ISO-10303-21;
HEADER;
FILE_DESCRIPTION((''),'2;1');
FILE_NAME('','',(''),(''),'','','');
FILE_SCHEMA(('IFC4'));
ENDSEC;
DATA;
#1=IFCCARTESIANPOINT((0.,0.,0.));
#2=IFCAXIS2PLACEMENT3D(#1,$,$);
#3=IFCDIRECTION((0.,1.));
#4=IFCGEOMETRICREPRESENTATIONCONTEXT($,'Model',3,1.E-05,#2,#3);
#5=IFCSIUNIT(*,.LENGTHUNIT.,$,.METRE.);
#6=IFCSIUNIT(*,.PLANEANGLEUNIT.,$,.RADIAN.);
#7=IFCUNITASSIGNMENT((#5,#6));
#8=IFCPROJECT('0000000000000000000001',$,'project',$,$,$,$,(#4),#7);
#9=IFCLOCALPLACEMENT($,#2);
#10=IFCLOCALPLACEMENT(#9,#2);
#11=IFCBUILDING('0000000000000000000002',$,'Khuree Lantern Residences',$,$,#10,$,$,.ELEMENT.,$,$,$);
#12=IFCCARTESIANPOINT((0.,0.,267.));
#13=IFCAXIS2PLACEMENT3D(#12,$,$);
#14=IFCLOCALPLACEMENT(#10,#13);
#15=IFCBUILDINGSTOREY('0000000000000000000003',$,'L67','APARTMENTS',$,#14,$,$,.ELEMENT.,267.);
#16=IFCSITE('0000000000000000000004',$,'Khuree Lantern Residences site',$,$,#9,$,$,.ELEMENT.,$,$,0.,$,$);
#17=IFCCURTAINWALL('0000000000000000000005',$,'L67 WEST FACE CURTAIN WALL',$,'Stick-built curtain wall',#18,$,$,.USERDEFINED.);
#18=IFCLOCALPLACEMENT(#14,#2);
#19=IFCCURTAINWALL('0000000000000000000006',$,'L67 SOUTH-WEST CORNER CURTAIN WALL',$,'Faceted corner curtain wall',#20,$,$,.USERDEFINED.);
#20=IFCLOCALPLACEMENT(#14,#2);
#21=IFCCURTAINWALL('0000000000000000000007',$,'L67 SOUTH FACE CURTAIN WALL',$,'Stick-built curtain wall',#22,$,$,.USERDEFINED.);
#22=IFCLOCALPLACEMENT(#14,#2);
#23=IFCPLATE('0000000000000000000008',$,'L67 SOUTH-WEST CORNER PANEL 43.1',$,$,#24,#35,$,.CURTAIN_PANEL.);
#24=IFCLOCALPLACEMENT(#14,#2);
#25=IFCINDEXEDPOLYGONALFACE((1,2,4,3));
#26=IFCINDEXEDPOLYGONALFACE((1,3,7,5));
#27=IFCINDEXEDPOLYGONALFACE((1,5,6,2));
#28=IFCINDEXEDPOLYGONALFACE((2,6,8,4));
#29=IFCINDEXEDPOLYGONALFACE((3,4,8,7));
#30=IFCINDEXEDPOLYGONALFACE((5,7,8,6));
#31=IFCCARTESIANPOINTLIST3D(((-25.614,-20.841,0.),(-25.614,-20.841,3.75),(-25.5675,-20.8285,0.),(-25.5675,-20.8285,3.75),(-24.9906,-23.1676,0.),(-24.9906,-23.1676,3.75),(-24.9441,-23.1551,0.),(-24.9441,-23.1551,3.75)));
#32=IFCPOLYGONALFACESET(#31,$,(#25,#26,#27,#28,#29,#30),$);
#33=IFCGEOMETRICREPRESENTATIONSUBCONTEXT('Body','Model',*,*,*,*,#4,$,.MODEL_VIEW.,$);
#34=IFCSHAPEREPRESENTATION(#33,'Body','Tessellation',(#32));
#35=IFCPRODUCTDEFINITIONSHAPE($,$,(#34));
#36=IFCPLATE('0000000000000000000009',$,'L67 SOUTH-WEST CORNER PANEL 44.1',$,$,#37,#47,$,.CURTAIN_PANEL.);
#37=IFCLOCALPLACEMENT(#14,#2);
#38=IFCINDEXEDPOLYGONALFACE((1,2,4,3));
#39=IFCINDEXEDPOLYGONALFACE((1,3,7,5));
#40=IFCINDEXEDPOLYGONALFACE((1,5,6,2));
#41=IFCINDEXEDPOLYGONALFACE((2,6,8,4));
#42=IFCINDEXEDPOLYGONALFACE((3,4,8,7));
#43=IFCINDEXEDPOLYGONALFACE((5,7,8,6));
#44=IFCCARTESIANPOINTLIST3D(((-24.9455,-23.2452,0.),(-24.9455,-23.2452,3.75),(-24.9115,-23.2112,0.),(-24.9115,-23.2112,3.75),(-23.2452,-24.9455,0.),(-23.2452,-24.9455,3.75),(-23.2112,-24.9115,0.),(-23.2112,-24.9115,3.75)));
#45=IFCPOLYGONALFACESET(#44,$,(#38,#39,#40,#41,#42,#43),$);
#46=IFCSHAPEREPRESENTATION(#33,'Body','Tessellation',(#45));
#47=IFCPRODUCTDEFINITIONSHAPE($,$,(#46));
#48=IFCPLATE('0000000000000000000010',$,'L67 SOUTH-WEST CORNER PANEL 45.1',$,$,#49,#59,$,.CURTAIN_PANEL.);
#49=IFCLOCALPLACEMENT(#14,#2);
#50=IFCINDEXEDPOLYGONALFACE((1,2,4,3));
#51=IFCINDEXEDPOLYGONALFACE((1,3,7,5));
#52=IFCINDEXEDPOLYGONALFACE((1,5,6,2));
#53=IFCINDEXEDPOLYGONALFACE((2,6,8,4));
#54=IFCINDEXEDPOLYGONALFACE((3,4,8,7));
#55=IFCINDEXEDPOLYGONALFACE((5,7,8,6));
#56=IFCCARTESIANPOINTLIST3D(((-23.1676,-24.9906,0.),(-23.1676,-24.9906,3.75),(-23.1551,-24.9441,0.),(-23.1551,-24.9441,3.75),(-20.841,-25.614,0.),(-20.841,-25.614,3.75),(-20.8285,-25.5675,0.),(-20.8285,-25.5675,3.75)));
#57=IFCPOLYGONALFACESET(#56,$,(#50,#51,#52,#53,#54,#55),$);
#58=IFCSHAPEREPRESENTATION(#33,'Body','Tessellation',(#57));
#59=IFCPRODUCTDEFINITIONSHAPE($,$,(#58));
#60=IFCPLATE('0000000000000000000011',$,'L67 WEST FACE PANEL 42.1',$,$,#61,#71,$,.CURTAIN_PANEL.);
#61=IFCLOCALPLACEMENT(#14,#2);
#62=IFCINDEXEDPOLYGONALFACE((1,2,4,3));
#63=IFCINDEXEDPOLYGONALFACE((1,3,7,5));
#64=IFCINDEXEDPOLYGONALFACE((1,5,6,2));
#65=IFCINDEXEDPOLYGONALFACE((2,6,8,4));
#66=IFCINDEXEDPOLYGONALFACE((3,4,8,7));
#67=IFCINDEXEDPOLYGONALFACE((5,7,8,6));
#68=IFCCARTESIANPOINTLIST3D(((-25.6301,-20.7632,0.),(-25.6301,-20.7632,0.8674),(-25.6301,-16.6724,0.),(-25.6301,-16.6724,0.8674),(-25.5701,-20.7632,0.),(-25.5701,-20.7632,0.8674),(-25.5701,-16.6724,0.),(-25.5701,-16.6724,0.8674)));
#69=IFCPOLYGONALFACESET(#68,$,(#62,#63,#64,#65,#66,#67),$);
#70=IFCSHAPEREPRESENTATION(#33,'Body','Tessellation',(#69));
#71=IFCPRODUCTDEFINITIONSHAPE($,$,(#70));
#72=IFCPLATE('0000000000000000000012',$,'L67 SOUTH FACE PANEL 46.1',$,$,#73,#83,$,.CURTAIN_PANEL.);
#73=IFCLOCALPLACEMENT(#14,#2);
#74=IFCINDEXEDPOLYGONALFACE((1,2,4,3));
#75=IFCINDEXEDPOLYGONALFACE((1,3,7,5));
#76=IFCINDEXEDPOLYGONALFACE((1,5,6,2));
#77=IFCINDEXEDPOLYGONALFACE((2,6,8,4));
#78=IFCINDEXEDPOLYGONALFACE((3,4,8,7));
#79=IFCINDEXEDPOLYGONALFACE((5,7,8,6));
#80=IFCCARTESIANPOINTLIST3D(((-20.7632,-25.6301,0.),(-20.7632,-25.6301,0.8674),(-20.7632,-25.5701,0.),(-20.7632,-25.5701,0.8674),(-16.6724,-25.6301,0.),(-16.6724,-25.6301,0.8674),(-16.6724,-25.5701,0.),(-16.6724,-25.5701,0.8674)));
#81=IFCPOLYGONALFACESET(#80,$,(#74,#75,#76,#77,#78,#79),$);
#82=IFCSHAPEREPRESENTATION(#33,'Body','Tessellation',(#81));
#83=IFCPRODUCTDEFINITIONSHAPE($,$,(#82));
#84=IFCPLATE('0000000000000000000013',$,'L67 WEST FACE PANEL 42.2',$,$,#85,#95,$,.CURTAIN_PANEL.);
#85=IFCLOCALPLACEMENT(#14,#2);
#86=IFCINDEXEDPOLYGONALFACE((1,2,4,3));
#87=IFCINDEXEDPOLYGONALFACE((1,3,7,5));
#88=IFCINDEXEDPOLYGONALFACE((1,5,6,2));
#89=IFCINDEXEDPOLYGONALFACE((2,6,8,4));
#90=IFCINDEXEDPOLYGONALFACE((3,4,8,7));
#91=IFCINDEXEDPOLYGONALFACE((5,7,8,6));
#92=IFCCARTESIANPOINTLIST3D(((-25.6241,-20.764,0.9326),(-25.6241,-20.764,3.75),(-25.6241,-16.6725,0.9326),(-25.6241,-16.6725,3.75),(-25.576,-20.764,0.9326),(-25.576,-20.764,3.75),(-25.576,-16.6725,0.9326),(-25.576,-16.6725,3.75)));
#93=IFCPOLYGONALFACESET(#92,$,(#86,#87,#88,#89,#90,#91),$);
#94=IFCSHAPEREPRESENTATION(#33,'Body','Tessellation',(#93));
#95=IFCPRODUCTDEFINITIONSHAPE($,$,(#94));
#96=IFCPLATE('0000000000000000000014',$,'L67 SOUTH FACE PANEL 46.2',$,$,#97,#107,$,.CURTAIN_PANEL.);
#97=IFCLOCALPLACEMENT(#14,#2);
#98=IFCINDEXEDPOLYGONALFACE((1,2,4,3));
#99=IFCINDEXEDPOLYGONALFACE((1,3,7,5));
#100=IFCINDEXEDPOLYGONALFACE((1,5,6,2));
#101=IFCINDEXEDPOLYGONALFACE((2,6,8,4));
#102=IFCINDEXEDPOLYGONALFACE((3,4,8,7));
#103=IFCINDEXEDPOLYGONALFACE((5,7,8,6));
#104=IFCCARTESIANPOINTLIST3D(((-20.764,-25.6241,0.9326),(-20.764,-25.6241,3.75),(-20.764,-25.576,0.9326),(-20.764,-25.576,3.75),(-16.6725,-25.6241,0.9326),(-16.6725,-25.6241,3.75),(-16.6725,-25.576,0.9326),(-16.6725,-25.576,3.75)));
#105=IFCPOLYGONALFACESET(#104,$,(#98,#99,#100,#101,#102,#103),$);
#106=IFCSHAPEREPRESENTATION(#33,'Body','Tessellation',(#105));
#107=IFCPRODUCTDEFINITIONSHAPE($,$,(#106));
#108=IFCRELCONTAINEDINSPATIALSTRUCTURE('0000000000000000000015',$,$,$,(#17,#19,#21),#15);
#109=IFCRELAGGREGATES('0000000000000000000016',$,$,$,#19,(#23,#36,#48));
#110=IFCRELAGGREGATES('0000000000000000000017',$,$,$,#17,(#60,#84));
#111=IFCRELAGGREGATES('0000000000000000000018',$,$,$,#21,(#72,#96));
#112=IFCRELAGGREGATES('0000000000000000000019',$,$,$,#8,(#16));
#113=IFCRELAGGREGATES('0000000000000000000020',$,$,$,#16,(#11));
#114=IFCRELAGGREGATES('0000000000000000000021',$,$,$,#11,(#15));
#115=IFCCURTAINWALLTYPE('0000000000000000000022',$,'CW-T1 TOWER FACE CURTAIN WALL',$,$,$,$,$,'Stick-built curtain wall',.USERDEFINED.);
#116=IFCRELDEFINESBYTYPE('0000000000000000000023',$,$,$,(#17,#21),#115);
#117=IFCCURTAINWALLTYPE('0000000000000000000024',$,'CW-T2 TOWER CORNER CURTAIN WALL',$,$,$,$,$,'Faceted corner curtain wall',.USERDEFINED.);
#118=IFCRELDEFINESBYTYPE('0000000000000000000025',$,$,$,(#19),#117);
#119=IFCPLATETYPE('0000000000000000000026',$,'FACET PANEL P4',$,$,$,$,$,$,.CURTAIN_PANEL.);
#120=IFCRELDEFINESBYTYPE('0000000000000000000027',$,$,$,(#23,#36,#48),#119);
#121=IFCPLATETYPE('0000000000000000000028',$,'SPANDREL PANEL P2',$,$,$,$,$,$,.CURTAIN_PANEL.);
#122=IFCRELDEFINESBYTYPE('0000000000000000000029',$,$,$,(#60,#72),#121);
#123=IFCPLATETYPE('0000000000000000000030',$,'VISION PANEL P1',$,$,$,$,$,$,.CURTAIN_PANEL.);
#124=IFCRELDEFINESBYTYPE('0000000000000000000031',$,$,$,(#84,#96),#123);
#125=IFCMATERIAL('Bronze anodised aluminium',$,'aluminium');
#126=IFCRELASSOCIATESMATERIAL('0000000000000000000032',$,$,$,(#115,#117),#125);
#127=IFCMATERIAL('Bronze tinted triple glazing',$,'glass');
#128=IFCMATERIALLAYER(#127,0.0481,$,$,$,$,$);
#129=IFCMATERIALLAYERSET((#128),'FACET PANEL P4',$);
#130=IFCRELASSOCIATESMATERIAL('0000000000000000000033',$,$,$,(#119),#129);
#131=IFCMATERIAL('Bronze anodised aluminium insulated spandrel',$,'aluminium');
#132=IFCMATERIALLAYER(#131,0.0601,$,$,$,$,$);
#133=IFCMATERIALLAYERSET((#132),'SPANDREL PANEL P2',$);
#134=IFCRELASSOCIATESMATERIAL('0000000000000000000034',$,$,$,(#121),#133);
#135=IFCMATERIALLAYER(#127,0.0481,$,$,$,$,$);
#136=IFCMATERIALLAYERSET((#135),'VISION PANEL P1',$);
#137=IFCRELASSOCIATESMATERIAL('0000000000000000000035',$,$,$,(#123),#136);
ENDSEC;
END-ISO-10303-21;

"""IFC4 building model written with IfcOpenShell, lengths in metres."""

from ifc_helpers import new_model, si_unit, direction, frame, origin, origin_2d, place, context, subcontext, project, spatial, rectangle, extrude, material, layer, layer_set, type_object, element, aggregate, save


model = new_model("IFC4")

# Units and contexts
model_context = context("Model", 3, precision=1e-05, world=origin(), true_north=direction((0.0, 1.0)))
body_context = subcontext(model_context, "Body", "Model", "MODEL_VIEW")
ifc_project = project(units=[si_unit("LENGTHUNIT", "METRE"), si_unit("PLANEANGLEUNIT", "RADIAN")], contexts=[model_context])

# Site, building, storey
site_placement = place(None, origin())
site = spatial("IfcSite", under=ifc_project, at=site_placement, Name="Khuree Lantern Residences site", CompositionType="ELEMENT", RefElevation=0.0)
building_placement = place(site_placement, origin())
building = spatial("IfcBuilding", under=site, at=building_placement, Name="Khuree Lantern Residences", CompositionType="ELEMENT")
storey_placement = place(building_placement, frame((0.0, 0.0, 267.0)))
storey = spatial("IfcBuildingStorey", under=building, at=storey_placement, Name="L67", Description="APARTMENTS", CompositionType="ELEMENT", Elevation=267.0)

# Curtain walls
ifc_material_1 = material(Name="Bronze anodised aluminium", Category="aluminium")
curtain_wall_type_1 = type_object("IfcCurtainWallType", Name="CW-T1 TOWER FACE CURTAIN WALL", ElementType="Stick-built curtain wall", PredefinedType="USERDEFINED", material=ifc_material_1)
curtain_wall_1_placement = place(storey_placement, origin())
curtain_wall_1 = element("IfcCurtainWall", 1, at=curtain_wall_1_placement, inside=storey, type_object=curtain_wall_type_1, Name="L67 WEST FACE CURTAIN WALL", ObjectType="Stick-built curtain wall", PredefinedType="USERDEFINED")
curtain_wall_type_2 = type_object("IfcCurtainWallType", Name="CW-T2 TOWER CORNER CURTAIN WALL", ElementType="Faceted corner curtain wall", PredefinedType="USERDEFINED", material=ifc_material_1)
curtain_wall_2_placement = place(storey_placement, origin())
curtain_wall_2 = element("IfcCurtainWall", 2, at=curtain_wall_2_placement, inside=storey, type_object=curtain_wall_type_2, Name="L67 SOUTH-WEST CORNER CURTAIN WALL", ObjectType="Faceted corner curtain wall", PredefinedType="USERDEFINED")

# Curtain wall
curtain_wall_3_placement = place(storey_placement, origin())
curtain_wall_3 = element("IfcCurtainWall", 3, at=curtain_wall_3_placement, inside=storey, type_object=curtain_wall_type_1, Name="L67 SOUTH FACE CURTAIN WALL", ObjectType="Stick-built curtain wall", PredefinedType="USERDEFINED")

# Plates
ifc_material_2 = material(Name="Bronze tinted triple glazing", Category="glass")
ifc_layer_1 = layer(ifc_material_2, 0.0481)
ifc_layer_set_1 = layer_set([ifc_layer_1], Name="FACET PANEL P4")
plate_type_1 = type_object("IfcPlateType", Name="FACET PANEL P4", PredefinedType="CURTAIN_PANEL", material=ifc_layer_set_1)
plate_1_placement = place(storey_placement, frame((-25.2791, -21.998, 0.0), z_axis=(0.0, 0.0, 1.0), x_axis=(0.258819, -0.965926, 0.0)))
plate_1 = element("IfcPlate", 4, at=plate_1_placement, type_object=plate_type_1, Name="L67 SOUTH-WEST CORNER PANEL 43.1", PredefinedType="CURTAIN_PANEL", context=body_context, shape_type="SweptSolid", body=[
    extrude(rectangle(XDim=2.4087, YDim=0.0481, at=origin_2d()), origin(), (0.0, 0.0, 1.0), 3.75),
])
plate_2_placement = place(storey_placement, frame((-24.0784, -24.0784, 0.0), z_axis=(0.0, 0.0, 1.0), x_axis=(0.707107, -0.707107, 0.0)))
plate_2 = element("IfcPlate", 5, at=plate_2_placement, type_object=plate_type_1, Name="L67 SOUTH-WEST CORNER PANEL 44.1", PredefinedType="CURTAIN_PANEL", context=body_context, shape_type="SweptSolid", body=[
    extrude(rectangle(XDim=2.4045, YDim=0.0481, at=origin_2d()), origin(), (0.0, 0.0, 1.0), 3.75),
])
plate_3_placement = place(storey_placement, frame((-21.998, -25.2791, 0.0), z_axis=(0.0, 0.0, 1.0), x_axis=(0.965926, -0.258819, 0.0)))
plate_3 = element("IfcPlate", 6, at=plate_3_placement, type_object=plate_type_1, Name="L67 SOUTH-WEST CORNER PANEL 45.1", PredefinedType="CURTAIN_PANEL", context=body_context, shape_type="SweptSolid", body=[
    extrude(rectangle(XDim=2.4087, YDim=0.0481, at=origin_2d()), origin(), (0.0, 0.0, 1.0), 3.75),
])
aggregate(curtain_wall_2, [plate_1, plate_2, plate_3])
ifc_material_3 = material(Name="Bronze anodised aluminium insulated spandrel", Category="aluminium")
ifc_layer_2 = layer(ifc_material_3, 0.0601)
ifc_layer_set_2 = layer_set([ifc_layer_2], Name="SPANDREL PANEL P2")
plate_type_2 = type_object("IfcPlateType", Name="SPANDREL PANEL P2", PredefinedType="CURTAIN_PANEL", material=ifc_layer_set_2)
plate_4_placement = place(storey_placement, frame((-25.6001, -18.7178, 0.0), z_axis=(0.0, 0.0, 1.0), x_axis=(0.0, -1.0, 0.0)))
plate_4 = element("IfcPlate", 7, at=plate_4_placement, type_object=plate_type_2, Name="L67 WEST FACE PANEL 42.1", PredefinedType="CURTAIN_PANEL", context=body_context, shape_type="SweptSolid", body=[
    extrude(rectangle(XDim=4.0908, YDim=0.0601, at=origin_2d()), origin(), (0.0, 0.0, 1.0), 0.8674),
])
plate_5_placement = place(storey_placement, frame((-18.7178, -25.6001, 0.0), z_axis=(0.0, 0.0, 1.0), x_axis=(1.0, 0.0, 0.0)))
plate_5 = element("IfcPlate", 8, at=plate_5_placement, type_object=plate_type_2, Name="L67 SOUTH FACE PANEL 46.1", PredefinedType="CURTAIN_PANEL", context=body_context, shape_type="SweptSolid", body=[
    extrude(rectangle(XDim=4.0908, YDim=0.0601, at=origin_2d()), origin(), (0.0, 0.0, 1.0), 0.8674),
])
ifc_layer_3 = layer(ifc_material_2, 0.0481)
ifc_layer_set_3 = layer_set([ifc_layer_3], Name="VISION PANEL P1")
plate_type_3 = type_object("IfcPlateType", Name="VISION PANEL P1", PredefinedType="CURTAIN_PANEL", material=ifc_layer_set_3)
plate_6_placement = place(storey_placement, frame((-25.6001, -18.7183, 0.9326), z_axis=(0.0, 0.0, 1.0), x_axis=(0.0, -1.0, 0.0)))
plate_6 = element("IfcPlate", 9, at=plate_6_placement, type_object=plate_type_3, Name="L67 WEST FACE PANEL 42.2", PredefinedType="CURTAIN_PANEL", context=body_context, shape_type="SweptSolid", body=[
    extrude(rectangle(XDim=4.0916, YDim=0.0481, at=origin_2d()), origin(), (0.0, 0.0, 1.0), 2.8174),
])
aggregate(curtain_wall_1, [plate_4, plate_6])
plate_7_placement = place(storey_placement, frame((-18.7183, -25.6001, 0.9326), z_axis=(0.0, 0.0, 1.0), x_axis=(1.0, 0.0, 0.0)))
plate_7 = element("IfcPlate", 10, at=plate_7_placement, type_object=plate_type_3, Name="L67 SOUTH FACE PANEL 46.2", PredefinedType="CURTAIN_PANEL", context=body_context, shape_type="SweptSolid", body=[
    extrude(rectangle(XDim=4.0916, YDim=0.0481, at=origin_2d()), origin(), (0.0, 0.0, 1.0), 2.8174),
])
aggregate(curtain_wall_3, [plate_5, plate_7])

save(model, "model.ifc")
